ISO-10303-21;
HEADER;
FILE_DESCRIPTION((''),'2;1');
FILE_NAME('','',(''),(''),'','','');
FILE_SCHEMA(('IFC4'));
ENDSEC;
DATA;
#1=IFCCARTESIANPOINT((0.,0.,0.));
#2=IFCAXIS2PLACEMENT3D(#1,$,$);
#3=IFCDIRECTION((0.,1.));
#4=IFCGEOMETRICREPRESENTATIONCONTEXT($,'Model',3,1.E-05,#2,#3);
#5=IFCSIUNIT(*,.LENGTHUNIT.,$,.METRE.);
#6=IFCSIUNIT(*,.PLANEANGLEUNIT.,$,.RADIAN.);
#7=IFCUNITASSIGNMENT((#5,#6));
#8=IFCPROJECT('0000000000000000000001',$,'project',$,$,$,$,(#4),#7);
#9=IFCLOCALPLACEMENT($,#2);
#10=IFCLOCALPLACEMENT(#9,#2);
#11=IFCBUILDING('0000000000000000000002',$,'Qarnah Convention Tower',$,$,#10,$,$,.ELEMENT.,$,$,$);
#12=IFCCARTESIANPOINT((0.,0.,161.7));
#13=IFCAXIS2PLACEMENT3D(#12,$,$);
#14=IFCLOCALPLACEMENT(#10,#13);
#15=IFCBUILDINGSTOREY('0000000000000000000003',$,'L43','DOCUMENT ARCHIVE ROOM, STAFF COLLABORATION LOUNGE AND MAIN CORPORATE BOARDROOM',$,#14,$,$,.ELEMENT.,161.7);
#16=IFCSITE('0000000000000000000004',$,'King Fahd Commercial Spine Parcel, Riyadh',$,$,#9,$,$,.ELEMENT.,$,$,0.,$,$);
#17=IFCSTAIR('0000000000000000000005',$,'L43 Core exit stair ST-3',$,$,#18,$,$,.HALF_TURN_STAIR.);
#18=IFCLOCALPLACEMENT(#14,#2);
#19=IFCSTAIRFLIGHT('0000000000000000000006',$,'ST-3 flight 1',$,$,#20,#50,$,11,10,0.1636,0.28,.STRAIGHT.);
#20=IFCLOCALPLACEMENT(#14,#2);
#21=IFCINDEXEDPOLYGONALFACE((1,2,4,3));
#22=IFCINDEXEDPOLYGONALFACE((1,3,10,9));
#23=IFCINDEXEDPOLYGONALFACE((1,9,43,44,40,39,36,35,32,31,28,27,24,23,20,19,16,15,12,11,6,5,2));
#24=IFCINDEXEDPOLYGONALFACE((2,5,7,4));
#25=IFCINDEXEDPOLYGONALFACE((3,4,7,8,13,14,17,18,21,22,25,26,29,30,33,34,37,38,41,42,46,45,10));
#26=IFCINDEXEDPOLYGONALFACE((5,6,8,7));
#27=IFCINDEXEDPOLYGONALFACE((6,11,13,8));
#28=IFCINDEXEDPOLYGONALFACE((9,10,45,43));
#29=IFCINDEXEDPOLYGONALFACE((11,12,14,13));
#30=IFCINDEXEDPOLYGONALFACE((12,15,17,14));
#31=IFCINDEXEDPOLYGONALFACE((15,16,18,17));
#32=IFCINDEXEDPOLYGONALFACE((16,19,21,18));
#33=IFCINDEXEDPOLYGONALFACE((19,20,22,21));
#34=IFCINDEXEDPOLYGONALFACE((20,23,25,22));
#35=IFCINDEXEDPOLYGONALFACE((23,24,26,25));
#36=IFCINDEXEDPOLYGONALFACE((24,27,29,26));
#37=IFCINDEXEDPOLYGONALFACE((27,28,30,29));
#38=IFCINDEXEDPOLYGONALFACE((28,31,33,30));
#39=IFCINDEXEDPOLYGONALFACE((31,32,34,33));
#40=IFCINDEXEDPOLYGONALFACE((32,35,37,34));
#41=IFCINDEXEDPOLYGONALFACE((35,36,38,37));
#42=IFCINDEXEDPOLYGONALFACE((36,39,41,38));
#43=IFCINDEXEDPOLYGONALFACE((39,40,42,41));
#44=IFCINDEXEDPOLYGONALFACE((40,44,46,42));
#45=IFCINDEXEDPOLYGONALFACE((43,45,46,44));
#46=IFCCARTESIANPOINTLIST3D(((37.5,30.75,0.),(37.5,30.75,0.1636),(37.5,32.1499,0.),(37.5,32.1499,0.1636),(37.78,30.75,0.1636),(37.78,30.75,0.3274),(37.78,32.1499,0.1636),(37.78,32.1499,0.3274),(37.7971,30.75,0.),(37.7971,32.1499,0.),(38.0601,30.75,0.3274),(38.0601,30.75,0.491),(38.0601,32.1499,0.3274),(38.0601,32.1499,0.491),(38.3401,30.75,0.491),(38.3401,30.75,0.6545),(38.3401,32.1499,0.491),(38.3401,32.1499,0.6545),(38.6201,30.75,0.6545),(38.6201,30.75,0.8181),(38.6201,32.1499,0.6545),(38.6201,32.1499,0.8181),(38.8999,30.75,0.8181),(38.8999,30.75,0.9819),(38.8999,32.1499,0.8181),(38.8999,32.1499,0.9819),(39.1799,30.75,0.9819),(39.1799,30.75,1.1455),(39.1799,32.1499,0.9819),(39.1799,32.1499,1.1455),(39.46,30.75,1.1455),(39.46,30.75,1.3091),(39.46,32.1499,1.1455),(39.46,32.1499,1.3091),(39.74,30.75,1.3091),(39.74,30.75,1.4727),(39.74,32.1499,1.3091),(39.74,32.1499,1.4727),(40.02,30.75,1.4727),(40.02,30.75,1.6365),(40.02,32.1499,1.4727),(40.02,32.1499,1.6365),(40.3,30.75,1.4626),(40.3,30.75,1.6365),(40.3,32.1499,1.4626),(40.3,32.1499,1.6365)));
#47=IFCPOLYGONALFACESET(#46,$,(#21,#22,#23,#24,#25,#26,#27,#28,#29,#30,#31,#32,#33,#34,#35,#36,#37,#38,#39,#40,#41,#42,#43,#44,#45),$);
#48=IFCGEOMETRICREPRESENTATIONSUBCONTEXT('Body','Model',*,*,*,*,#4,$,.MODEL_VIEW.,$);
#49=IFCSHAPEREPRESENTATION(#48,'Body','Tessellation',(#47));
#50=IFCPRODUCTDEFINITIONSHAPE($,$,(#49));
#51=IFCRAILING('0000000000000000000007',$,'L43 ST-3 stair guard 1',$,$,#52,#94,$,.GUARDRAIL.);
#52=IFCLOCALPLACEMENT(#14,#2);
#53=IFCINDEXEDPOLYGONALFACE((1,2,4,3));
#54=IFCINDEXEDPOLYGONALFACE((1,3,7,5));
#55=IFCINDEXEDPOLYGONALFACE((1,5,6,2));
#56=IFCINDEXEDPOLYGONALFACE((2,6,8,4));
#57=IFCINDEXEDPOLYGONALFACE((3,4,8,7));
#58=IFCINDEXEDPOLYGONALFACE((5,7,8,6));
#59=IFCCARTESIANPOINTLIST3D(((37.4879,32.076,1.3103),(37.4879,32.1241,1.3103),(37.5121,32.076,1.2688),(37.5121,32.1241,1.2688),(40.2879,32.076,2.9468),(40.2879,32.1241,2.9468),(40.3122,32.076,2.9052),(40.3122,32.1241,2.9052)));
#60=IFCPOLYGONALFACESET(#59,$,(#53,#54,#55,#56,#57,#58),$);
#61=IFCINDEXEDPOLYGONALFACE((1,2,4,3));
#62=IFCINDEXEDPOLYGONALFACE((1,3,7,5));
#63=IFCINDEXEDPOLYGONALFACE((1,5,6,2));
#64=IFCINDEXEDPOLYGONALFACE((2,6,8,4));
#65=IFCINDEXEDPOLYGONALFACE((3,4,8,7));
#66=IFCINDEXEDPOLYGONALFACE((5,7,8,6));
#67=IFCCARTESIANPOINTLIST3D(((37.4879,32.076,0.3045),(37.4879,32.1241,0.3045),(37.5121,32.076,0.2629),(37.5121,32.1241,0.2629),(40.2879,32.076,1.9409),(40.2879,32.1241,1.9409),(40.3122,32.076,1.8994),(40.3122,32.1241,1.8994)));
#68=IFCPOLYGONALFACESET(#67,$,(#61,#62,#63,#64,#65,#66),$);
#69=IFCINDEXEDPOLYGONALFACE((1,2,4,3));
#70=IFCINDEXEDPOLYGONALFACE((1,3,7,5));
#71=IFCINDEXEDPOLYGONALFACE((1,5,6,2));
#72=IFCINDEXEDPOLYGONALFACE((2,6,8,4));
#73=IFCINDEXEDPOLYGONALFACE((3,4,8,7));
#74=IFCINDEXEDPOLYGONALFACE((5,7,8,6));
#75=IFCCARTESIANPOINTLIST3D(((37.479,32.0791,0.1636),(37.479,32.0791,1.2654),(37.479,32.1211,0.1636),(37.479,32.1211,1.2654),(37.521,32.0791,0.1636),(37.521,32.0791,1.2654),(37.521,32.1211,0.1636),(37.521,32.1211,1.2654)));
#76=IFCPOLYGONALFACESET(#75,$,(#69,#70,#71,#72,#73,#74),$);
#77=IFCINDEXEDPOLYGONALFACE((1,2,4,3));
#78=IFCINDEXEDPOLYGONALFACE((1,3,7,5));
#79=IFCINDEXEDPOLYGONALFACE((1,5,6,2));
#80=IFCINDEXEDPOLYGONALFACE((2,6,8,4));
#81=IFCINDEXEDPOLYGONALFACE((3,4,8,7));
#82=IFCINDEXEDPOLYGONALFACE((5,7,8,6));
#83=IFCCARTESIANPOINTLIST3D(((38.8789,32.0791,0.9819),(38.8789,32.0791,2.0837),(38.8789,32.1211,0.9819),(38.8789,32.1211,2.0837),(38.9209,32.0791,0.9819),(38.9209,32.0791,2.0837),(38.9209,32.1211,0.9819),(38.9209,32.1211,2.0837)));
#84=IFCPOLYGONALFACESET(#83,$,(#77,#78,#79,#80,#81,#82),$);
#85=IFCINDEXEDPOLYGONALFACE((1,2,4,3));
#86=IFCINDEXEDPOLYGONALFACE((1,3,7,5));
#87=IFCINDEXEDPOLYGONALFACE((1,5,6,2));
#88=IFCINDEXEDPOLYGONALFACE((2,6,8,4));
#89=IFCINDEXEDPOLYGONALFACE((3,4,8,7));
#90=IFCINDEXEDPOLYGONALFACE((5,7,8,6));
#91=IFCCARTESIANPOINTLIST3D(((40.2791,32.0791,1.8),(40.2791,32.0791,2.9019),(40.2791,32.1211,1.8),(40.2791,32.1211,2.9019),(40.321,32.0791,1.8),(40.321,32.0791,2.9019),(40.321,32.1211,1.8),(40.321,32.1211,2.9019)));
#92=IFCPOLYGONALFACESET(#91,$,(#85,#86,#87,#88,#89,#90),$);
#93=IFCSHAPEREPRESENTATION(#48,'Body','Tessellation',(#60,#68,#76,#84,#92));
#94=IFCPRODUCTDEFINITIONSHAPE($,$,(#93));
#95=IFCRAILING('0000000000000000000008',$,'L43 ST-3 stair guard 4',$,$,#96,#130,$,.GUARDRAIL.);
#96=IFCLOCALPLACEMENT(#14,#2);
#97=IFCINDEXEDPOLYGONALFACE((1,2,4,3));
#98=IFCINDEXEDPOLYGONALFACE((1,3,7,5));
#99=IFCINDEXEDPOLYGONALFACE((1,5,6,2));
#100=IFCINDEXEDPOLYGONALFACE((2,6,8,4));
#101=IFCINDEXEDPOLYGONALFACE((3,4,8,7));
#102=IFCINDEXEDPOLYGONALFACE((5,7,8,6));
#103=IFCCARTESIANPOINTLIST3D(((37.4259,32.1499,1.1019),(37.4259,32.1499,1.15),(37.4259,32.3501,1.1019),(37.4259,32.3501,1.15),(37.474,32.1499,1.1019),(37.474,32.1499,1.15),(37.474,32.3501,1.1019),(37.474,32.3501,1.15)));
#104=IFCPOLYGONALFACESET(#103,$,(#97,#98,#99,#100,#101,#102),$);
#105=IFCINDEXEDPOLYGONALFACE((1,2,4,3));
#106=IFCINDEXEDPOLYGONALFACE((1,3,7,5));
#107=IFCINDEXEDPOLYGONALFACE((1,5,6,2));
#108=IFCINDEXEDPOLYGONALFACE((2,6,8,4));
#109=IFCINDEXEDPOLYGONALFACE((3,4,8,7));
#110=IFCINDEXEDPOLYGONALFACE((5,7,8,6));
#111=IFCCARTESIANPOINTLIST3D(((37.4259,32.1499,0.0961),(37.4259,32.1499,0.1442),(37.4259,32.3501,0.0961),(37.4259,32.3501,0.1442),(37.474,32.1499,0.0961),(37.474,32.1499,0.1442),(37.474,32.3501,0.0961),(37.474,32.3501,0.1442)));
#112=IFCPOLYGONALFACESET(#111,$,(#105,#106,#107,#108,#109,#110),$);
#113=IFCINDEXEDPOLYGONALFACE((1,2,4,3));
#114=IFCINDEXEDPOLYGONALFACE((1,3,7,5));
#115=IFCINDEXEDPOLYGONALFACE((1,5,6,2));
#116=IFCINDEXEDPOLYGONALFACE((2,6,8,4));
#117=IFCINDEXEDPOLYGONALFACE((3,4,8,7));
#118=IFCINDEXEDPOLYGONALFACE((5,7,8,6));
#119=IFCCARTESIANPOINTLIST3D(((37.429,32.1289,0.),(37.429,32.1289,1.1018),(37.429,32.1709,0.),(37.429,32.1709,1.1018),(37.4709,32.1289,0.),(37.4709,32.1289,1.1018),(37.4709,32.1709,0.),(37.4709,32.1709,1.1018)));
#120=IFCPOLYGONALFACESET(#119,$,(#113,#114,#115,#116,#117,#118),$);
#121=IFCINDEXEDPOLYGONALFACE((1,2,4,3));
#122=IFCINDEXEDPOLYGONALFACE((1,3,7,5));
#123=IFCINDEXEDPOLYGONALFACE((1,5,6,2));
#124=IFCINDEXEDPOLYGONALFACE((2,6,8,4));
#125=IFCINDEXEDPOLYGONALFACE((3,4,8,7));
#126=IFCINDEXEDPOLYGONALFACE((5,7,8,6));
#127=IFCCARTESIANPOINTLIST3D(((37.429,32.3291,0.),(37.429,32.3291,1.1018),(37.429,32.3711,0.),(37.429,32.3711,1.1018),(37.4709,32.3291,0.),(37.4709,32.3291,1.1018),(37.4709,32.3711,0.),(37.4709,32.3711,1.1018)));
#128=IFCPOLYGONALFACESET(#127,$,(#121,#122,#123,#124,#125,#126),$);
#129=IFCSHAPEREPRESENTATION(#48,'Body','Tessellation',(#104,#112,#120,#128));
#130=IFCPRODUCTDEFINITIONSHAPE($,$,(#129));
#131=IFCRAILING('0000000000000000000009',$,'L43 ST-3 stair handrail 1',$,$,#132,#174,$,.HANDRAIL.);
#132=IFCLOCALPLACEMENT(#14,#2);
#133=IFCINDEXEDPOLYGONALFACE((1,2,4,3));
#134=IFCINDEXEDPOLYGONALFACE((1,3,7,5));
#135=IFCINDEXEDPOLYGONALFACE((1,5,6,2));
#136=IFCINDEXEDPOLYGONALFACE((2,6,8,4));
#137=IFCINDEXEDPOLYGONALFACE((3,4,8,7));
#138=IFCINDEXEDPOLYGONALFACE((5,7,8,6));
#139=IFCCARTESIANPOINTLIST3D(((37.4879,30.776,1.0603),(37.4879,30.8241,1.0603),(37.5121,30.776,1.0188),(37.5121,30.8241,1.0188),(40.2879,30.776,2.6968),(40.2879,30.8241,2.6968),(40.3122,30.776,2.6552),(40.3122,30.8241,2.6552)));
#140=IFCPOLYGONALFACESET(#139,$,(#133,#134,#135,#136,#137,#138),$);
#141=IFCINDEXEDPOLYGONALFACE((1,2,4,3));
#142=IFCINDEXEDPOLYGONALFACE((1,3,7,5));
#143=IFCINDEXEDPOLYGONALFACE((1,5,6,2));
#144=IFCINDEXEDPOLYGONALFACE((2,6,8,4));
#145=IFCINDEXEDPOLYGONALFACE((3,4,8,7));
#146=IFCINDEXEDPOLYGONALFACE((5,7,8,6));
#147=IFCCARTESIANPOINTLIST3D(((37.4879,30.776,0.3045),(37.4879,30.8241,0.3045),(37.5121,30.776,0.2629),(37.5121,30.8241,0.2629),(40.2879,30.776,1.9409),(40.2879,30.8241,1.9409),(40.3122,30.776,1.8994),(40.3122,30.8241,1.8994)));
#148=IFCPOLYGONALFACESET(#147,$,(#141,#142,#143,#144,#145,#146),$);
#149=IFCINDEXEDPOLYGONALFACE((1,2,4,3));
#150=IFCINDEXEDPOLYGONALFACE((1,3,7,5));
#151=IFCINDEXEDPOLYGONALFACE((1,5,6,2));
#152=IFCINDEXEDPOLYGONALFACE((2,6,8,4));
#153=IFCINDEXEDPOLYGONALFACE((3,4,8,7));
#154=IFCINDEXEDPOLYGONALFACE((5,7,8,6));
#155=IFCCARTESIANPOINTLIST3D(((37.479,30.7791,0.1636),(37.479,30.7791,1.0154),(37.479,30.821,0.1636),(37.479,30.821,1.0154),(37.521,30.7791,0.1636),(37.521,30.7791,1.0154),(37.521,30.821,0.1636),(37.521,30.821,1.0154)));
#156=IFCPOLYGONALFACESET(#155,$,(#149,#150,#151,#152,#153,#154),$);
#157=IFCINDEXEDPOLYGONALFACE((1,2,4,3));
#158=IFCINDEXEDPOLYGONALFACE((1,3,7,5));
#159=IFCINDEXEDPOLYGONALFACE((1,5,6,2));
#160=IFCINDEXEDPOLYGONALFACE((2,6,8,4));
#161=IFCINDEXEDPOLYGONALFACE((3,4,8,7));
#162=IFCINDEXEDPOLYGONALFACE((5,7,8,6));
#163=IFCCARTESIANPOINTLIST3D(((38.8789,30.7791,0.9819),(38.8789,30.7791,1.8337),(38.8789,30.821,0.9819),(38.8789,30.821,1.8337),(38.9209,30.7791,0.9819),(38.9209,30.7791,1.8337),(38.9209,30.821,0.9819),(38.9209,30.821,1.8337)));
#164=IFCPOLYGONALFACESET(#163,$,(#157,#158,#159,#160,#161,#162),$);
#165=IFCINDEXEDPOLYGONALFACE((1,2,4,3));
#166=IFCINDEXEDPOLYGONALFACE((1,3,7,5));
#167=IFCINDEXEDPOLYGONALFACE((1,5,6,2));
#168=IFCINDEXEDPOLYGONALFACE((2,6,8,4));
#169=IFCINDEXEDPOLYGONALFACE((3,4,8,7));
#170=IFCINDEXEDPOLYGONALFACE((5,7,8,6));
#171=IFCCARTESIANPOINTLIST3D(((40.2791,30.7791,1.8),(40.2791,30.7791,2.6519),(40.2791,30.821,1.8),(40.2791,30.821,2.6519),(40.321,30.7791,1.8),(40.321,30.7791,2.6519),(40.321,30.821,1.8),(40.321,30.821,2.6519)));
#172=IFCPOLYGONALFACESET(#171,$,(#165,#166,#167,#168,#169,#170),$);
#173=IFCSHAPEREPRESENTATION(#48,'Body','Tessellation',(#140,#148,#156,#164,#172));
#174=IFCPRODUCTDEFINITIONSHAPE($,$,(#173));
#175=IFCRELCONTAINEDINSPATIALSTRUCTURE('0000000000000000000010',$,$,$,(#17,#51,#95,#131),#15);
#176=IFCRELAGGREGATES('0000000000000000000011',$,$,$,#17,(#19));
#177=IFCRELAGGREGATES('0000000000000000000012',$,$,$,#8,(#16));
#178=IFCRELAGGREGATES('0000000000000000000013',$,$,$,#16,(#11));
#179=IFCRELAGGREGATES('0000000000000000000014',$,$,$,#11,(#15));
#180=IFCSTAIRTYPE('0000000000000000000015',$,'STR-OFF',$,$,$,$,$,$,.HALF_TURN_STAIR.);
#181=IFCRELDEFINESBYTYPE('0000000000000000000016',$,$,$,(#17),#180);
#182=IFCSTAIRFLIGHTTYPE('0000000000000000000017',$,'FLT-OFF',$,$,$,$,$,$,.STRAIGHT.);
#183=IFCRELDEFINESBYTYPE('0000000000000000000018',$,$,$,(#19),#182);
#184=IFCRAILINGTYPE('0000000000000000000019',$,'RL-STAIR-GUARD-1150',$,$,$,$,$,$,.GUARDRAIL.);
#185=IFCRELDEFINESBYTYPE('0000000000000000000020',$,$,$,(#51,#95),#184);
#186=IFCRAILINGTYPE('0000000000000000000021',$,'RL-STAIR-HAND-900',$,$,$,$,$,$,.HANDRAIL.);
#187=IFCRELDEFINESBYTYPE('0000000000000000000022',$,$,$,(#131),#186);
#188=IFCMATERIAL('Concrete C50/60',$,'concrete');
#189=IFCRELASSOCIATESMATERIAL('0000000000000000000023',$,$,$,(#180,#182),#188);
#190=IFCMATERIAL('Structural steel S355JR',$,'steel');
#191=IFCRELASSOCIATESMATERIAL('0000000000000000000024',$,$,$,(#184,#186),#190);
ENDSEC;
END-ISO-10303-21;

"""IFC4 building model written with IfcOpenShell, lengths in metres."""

from ifc_helpers import new_model, si_unit, direction, frame, origin, origin_2d, place, context, subcontext, project, spatial, polyline, rectangle, outline, extrude, material, type_object, element, aggregate, save


model = new_model("IFC4")

# Units and contexts
model_context = context("Model", 3, precision=1e-05, world=origin(), true_north=direction((0.0, 1.0)))
body_context = subcontext(model_context, "Body", "Model", "MODEL_VIEW")
ifc_project = project(units=[si_unit("LENGTHUNIT", "METRE"), si_unit("PLANEANGLEUNIT", "RADIAN")], contexts=[model_context])

# Site, building, storey
site_placement = place(None, origin())
site = spatial("IfcSite", under=ifc_project, at=site_placement, Name="King Fahd Commercial Spine Parcel, Riyadh", CompositionType="ELEMENT", RefElevation=0.0)
building_placement = place(site_placement, origin())
building = spatial("IfcBuilding", under=site, at=building_placement, Name="Qarnah Convention Tower", CompositionType="ELEMENT")
storey_placement = place(building_placement, frame((0.0, 0.0, 161.7)))
storey = spatial("IfcBuildingStorey", under=building, at=storey_placement, Name="L43", Description="DOCUMENT ARCHIVE ROOM, STAFF COLLABORATION LOUNGE AND MAIN CORPORATE BOARDROOM", CompositionType="ELEMENT", Elevation=161.7)

# Shared definitions
ifc_material_1 = material(Name="Structural steel S355JR", Category="steel")

# Stair, stair flight
ifc_material_2 = material(Name="Concrete C50/60", Category="concrete")
stair_type = type_object("IfcStairType", Name="STR-OFF", PredefinedType="HALF_TURN_STAIR", material=ifc_material_2)
stair_placement = place(storey_placement, origin())
stair = element("IfcStair", 1, at=stair_placement, inside=storey, type_object=stair_type, Name="L43 Core exit stair ST-3", PredefinedType="HALF_TURN_STAIR")
stair_flight_type = type_object("IfcStairFlightType", Name="FLT-OFF", PredefinedType="STRAIGHT", material=ifc_material_2)
stair_flight_placement = place(storey_placement, frame((37.5, 31.45, 0.0), z_axis=(0.0, 0.0, 1.0), x_axis=(1.0, 0.0, 0.0)))
stair_flight = element("IfcStairFlight", 2, at=stair_flight_placement, type_object=stair_flight_type, Name="ST-3 flight 1", NumberOfRisers=11, NumberOfTreads=10, PredefinedType="STRAIGHT", RiserHeight=0.1636, TreadLength=0.28, context=body_context, shape_type="SweptSolid", body=[
    extrude(outline(polyline([(0.0, 0.0), (0.0, 0.1636), (0.28, 0.1636), (0.28, 0.3274), (0.5601, 0.3274), (0.5601, 0.491), (0.8401, 0.491), (0.8401, 0.6545), (1.1201, 0.6545), (1.1201, 0.8181), (1.3999, 0.8181), (1.3999, 0.9819), (1.6799, 0.9819), (1.6799, 1.1455), (1.96, 1.1455), (1.96, 1.3091), (2.24, 1.3091), (2.24, 1.4727), (2.52, 1.4727), (2.52, 1.6365), (2.8, 1.6365), (2.8, 1.8), (2.8, 1.4626), (0.2971, 0.0), (0.0, 0.0)])), frame((0.0, 0.7, 0.0), z_axis=(0.0, -1.0, 0.0), x_axis=(1.0, 0.0, 0.0)), (0.0, 0.0, 1.0), 1.3999),
])
aggregate(stair, [stair_flight])

# Railings
railing_type_1 = type_object("IfcRailingType", Name="RL-STAIR-GUARD-1150", PredefinedType="GUARDRAIL", material=ifc_material_1)
railing_1_placement = place(storey_placement, frame((37.5, 32.1001, 0.1636)))
element("IfcRailing", 3, at=railing_1_placement, inside=storey, type_object=railing_type_1, Name="L43 ST-3 stair guard 1", PredefinedType="GUARDRAIL", context=body_context, shape_type="SweptSolid", body=[
    extrude(rectangle(XDim=0.0481, YDim=0.0481, at=origin_2d()), frame((0.0, 0.0, 1.126), z_axis=(0.863361, 0.0, 0.504587), x_axis=(0.0, 1.0, 0.0)), (0.0, 0.0, 1.0), 3.2432),
    extrude(rectangle(XDim=0.0481, YDim=0.0481, at=origin_2d()), frame((0.0, 0.0, 0.1201), z_axis=(0.863361, 0.0, 0.504587), x_axis=(0.0, 1.0, 0.0)), (0.0, 0.0, 1.0), 3.2432),
    extrude(rectangle(XDim=0.042, YDim=0.042, at=origin_2d()), origin(), (0.0, 0.0, 1.0), 1.1018),
    extrude(rectangle(XDim=0.042, YDim=0.042, at=origin_2d()), frame((1.3999, 0.0, 0.8184)), (0.0, 0.0, 1.0), 1.1018),
    extrude(rectangle(XDim=0.042, YDim=0.042, at=origin_2d()), frame((2.8, 0.0, 1.6365)), (0.0, 0.0, 1.0), 1.1018),
])
railing_2_placement = place(storey_placement, frame((37.45, 32.1499, 0.0)))
element("IfcRailing", 4, at=railing_2_placement, inside=storey, type_object=railing_type_1, Name="L43 ST-3 stair guard 4", PredefinedType="GUARDRAIL", context=body_context, shape_type="SweptSolid", body=[
    extrude(rectangle(XDim=0.0481, YDim=0.0481, at=origin_2d()), frame((0.0, 0.0, 1.126), z_axis=(0.0, 1.0, 0.0), x_axis=(-1.0, 0.0, 0.0)), (0.0, 0.0, 1.0), 0.2002),
    extrude(rectangle(XDim=0.0481, YDim=0.0481, at=origin_2d()), frame((0.0, 0.0, 0.1201), z_axis=(0.0, 1.0, 0.0), x_axis=(-1.0, 0.0, 0.0)), (0.0, 0.0, 1.0), 0.2002),
    extrude(rectangle(XDim=0.042, YDim=0.042, at=origin_2d()), origin(), (0.0, 0.0, 1.0), 1.1018),
    extrude(rectangle(XDim=0.042, YDim=0.042, at=origin_2d()), frame((0.0, 0.2002, 0.0)), (0.0, 0.0, 1.0), 1.1018),
])
railing_type_2 = type_object("IfcRailingType", Name="RL-STAIR-HAND-900", PredefinedType="HANDRAIL", material=ifc_material_1)
railing_3_placement = place(storey_placement, frame((37.5, 30.8, 0.1636)))
element("IfcRailing", 5, at=railing_3_placement, inside=storey, type_object=railing_type_2, Name="L43 ST-3 stair handrail 1", PredefinedType="HANDRAIL", context=body_context, shape_type="SweptSolid", body=[
    extrude(rectangle(XDim=0.0481, YDim=0.0481, at=origin_2d()), frame((0.0, 0.0, 0.876), z_axis=(0.863361, 0.0, 0.504587), x_axis=(0.0, 1.0, 0.0)), (0.0, 0.0, 1.0), 3.2432),
    extrude(rectangle(XDim=0.0481, YDim=0.0481, at=origin_2d()), frame((0.0, 0.0, 0.1201), z_axis=(0.863361, 0.0, 0.504587), x_axis=(0.0, 1.0, 0.0)), (0.0, 0.0, 1.0), 3.2432),
    extrude(rectangle(XDim=0.042, YDim=0.042, at=origin_2d()), origin(), (0.0, 0.0, 1.0), 0.8518),
    extrude(rectangle(XDim=0.042, YDim=0.042, at=origin_2d()), frame((1.3999, 0.0, 0.8184)), (0.0, 0.0, 1.0), 0.8518),
    extrude(rectangle(XDim=0.042, YDim=0.042, at=origin_2d()), frame((2.8, 0.0, 1.6365)), (0.0, 0.0, 1.0), 0.8518),
])

save(model, "model.ifc")
